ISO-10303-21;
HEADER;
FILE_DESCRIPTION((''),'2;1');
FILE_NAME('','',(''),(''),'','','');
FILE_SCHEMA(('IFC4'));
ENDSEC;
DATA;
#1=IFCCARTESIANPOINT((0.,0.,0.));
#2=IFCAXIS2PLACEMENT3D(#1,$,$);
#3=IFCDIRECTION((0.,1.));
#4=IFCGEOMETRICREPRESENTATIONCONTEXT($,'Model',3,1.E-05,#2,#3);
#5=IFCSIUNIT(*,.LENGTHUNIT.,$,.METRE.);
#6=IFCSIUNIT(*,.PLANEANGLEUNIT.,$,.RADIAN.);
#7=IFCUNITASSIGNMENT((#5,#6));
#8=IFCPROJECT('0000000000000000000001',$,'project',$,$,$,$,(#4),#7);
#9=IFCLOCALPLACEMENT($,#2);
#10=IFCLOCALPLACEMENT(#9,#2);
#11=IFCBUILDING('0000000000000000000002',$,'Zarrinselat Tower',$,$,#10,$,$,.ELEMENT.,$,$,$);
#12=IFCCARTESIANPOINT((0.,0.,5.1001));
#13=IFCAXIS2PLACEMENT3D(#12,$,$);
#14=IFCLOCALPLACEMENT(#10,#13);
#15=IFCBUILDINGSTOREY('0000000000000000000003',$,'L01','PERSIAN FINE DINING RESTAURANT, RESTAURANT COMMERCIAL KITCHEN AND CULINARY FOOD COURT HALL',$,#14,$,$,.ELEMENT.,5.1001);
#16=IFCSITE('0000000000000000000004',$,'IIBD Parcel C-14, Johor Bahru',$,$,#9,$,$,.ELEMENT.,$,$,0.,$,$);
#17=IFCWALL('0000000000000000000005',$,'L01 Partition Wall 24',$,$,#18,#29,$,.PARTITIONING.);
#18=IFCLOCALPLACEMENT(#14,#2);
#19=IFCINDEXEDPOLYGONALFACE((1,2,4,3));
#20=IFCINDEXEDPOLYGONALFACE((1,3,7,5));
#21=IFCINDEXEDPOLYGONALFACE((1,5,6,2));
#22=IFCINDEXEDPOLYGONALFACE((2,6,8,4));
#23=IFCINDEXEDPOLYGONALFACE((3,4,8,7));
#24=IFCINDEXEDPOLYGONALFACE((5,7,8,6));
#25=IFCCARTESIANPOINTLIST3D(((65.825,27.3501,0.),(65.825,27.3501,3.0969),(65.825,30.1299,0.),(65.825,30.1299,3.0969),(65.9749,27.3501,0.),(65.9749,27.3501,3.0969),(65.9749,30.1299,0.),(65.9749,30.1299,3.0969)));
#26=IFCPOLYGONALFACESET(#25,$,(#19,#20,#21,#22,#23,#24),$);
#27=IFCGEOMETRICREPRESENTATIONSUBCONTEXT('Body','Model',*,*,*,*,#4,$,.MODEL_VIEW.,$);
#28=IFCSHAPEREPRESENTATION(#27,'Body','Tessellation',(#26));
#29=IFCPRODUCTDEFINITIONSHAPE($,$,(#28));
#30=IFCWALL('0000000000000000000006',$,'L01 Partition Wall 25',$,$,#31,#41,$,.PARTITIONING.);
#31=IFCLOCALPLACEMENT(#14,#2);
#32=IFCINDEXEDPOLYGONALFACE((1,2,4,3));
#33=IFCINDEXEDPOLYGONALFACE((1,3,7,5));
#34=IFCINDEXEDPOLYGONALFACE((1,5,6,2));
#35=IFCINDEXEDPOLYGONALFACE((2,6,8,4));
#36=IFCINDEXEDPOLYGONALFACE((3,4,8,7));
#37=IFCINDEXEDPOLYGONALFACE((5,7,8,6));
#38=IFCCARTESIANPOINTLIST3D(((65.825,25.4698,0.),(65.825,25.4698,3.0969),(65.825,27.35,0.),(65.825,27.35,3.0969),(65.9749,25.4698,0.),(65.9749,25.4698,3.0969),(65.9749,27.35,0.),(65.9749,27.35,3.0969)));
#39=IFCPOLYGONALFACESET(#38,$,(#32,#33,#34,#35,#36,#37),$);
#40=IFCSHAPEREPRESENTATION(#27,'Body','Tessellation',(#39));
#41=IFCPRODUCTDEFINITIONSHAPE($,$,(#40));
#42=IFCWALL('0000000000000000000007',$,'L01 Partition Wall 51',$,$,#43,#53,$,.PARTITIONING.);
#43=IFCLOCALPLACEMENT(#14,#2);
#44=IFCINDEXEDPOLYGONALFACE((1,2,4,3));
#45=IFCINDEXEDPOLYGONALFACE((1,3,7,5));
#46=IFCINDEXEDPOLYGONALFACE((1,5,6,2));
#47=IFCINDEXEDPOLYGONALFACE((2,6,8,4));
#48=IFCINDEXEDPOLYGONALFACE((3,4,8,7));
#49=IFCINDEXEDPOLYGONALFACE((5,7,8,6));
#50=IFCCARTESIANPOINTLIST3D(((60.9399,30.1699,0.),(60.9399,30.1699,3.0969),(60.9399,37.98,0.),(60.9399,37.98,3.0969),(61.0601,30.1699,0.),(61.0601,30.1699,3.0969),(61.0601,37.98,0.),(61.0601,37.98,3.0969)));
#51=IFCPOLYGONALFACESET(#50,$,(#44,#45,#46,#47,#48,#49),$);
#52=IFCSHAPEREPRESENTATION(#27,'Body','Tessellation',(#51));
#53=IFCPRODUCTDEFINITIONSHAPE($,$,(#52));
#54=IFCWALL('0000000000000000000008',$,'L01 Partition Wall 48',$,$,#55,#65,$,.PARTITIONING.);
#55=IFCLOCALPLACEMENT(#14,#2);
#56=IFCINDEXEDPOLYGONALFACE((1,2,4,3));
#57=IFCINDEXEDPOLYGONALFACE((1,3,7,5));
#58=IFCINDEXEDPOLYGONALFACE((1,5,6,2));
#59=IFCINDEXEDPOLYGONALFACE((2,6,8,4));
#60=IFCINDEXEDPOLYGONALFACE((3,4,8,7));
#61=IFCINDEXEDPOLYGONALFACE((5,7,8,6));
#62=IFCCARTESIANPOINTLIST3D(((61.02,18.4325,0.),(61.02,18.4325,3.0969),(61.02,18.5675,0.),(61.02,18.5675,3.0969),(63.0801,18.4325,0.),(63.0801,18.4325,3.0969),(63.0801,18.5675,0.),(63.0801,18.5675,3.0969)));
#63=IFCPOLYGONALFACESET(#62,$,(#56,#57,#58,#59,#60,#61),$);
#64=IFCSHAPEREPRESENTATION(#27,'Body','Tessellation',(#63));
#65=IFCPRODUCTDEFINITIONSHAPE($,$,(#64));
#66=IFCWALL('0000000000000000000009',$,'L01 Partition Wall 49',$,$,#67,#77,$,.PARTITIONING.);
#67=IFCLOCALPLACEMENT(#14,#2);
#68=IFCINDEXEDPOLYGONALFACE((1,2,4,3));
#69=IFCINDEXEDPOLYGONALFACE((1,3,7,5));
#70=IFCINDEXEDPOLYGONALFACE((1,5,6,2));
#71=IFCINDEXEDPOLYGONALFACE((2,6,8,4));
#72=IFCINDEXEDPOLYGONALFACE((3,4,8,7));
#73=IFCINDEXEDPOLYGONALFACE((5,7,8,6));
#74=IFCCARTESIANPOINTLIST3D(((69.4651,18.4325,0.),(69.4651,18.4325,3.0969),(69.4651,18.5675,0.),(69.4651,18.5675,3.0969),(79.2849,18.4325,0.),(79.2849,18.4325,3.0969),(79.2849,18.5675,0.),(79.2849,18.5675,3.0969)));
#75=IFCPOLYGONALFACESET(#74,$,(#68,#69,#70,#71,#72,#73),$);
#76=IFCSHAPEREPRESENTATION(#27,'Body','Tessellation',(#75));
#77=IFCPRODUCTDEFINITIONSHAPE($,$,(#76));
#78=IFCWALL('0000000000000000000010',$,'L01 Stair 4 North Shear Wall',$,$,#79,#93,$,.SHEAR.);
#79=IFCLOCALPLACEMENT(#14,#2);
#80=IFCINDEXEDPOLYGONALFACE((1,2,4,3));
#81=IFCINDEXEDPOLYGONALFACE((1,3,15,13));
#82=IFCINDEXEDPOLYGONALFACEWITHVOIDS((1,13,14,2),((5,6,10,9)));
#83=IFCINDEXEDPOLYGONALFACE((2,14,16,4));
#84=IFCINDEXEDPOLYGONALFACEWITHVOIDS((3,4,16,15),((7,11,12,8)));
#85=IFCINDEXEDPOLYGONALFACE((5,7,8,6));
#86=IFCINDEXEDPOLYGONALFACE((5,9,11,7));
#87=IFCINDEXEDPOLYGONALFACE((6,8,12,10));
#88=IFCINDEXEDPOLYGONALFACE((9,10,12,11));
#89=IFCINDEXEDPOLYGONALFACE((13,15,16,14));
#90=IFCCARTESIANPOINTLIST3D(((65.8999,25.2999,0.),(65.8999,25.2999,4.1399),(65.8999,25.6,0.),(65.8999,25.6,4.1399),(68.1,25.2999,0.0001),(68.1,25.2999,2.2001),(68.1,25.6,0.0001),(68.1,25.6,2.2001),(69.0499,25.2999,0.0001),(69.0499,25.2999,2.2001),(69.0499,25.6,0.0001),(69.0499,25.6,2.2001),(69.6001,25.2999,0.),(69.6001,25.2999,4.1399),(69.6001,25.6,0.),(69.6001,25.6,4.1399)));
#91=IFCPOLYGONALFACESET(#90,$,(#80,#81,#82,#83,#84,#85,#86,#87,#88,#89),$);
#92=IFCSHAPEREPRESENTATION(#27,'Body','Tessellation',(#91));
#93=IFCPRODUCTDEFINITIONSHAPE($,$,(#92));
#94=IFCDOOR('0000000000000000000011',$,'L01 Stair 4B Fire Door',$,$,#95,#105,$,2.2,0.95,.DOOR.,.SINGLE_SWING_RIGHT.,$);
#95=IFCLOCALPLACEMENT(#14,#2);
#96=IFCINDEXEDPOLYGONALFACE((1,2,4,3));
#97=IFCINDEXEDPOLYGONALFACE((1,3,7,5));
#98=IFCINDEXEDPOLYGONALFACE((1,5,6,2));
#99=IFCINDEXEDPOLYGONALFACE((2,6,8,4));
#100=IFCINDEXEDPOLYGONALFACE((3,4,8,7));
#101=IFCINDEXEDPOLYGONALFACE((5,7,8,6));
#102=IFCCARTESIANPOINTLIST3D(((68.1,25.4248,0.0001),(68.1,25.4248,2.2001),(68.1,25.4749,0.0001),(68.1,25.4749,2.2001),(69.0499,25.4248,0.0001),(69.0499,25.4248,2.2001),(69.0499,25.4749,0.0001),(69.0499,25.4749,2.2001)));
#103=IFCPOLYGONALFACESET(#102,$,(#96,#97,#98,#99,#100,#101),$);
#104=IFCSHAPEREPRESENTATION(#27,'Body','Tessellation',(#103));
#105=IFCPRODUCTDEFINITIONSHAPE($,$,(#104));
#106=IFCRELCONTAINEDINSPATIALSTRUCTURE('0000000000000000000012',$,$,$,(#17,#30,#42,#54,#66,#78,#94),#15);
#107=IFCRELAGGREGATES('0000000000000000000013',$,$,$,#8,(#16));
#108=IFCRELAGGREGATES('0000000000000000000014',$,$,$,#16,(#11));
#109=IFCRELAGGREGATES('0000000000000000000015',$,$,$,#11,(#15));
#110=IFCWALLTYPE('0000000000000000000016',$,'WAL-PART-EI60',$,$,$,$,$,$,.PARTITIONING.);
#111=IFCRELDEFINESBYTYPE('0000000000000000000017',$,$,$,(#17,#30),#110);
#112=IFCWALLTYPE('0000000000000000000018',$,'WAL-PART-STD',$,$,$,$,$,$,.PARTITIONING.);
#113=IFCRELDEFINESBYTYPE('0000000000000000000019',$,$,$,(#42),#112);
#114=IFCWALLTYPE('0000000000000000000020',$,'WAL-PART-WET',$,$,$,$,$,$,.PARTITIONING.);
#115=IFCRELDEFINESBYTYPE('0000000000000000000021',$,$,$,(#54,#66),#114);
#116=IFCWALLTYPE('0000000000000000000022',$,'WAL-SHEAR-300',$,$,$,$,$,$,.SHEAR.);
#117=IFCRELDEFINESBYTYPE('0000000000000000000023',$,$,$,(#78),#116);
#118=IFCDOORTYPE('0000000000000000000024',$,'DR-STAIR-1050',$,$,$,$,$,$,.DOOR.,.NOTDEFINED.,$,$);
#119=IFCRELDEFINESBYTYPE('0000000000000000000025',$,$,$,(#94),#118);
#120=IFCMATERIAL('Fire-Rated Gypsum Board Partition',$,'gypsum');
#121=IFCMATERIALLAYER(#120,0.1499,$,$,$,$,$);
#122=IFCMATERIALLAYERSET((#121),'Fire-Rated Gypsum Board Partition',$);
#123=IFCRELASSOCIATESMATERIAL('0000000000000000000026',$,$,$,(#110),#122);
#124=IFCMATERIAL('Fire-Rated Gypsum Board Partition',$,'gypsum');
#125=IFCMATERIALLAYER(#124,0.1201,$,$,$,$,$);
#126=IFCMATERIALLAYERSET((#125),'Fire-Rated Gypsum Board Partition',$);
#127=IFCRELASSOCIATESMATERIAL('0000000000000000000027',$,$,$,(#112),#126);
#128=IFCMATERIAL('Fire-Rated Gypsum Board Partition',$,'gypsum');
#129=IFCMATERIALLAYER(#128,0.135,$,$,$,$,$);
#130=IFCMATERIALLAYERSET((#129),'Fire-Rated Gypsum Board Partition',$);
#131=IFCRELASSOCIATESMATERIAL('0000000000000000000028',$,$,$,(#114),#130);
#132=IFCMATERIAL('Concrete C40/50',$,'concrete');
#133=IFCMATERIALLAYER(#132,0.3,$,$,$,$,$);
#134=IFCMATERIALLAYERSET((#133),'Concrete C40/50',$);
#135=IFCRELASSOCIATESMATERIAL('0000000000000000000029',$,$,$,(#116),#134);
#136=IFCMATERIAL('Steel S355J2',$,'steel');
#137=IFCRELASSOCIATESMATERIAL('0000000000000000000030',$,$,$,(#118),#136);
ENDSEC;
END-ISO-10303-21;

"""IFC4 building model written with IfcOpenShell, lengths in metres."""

from ifc_helpers import new_model, si_unit, direction, frame, frame_2d, origin, place, context, subcontext, project, spatial, rectangle, extrude, material, layer, layer_set, type_object, element, fill, save


model = new_model("IFC4")

# Units and contexts
model_context = context("Model", 3, precision=1e-05, world=origin(), true_north=direction((0.0, 1.0)))
body_context = subcontext(model_context, "Body", "Model", "MODEL_VIEW")
ifc_project = project(units=[si_unit("LENGTHUNIT", "METRE"), si_unit("PLANEANGLEUNIT", "RADIAN")], contexts=[model_context])

# Site, building, storey
site_placement = place(None, origin())
site = spatial("IfcSite", under=ifc_project, at=site_placement, Name="IIBD Parcel C-14, Johor Bahru", CompositionType="ELEMENT", RefElevation=0.0)
building_placement = place(site_placement, origin())
building = spatial("IfcBuilding", under=site, at=building_placement, Name="Zarrinselat Tower", CompositionType="ELEMENT")
storey_placement = place(building_placement, frame((0.0, 0.0, 5.1001)))
storey = spatial("IfcBuildingStorey", under=building, at=storey_placement, Name="L01", Description="PERSIAN FINE DINING RESTAURANT, RESTAURANT COMMERCIAL KITCHEN AND CULINARY FOOD COURT HALL", CompositionType="ELEMENT", Elevation=5.1001)

# Shared definitions
ifc_material_1 = material(Name="Fire-Rated Gypsum Board Partition", Category="gypsum")
ifc_layer_1 = layer(ifc_material_1, 0.1499)
ifc_layer_set_1 = layer_set([ifc_layer_1], Name="Fire-Rated Gypsum Board Partition")
wall_type_1 = type_object("IfcWallType", Name="WAL-PART-EI60", PredefinedType="PARTITIONING", material=ifc_layer_set_1)

# Walls
wall_1_placement = place(storey_placement, frame((65.8999, 27.3501, 0.0), z_axis=(0.0, 0.0, 1.0), x_axis=(0.0, 1.0, 0.0)))
element("IfcWall", 1, at=wall_1_placement, inside=storey, type_object=wall_type_1, Name="L01 Partition Wall 24", PredefinedType="PARTITIONING", context=body_context, shape_type="SweptSolid", body=[
    extrude(rectangle(XDim=2.7798, YDim=0.1499, at=frame_2d((1.3899, 0.0))), origin(), (0.0, 0.0, 1.0), 3.0969),
])
wall_2_placement = place(storey_placement, frame((65.8999, 25.47, 0.0), z_axis=(0.0, 0.0, 1.0), x_axis=(0.0, 1.0, 0.0)))
element("IfcWall", 2, at=wall_2_placement, inside=storey, type_object=wall_type_1, Name="L01 Partition Wall 25", PredefinedType="PARTITIONING", context=body_context, shape_type="SweptSolid", body=[
    extrude(rectangle(XDim=1.8801, YDim=0.1499, at=frame_2d((0.9399, 0.0))), origin(), (0.0, 0.0, 1.0), 3.0969),
])
ifc_material_2 = material(Name="Fire-Rated Gypsum Board Partition", Category="gypsum")
ifc_layer_2 = layer(ifc_material_2, 0.1201)
ifc_layer_set_2 = layer_set([ifc_layer_2], Name="Fire-Rated Gypsum Board Partition")
wall_type_2 = type_object("IfcWallType", Name="WAL-PART-STD", PredefinedType="PARTITIONING", material=ifc_layer_set_2)
wall_3_placement = place(storey_placement, frame((61.0, 30.1699, 0.0), z_axis=(0.0, 0.0, 1.0), x_axis=(0.0, 1.0, 0.0)))
element("IfcWall", 3, at=wall_3_placement, inside=storey, type_object=wall_type_2, Name="L01 Partition Wall 51", PredefinedType="PARTITIONING", context=body_context, shape_type="SweptSolid", body=[
    extrude(rectangle(XDim=7.8101, YDim=0.1201, at=frame_2d((3.905, 0.0))), origin(), (0.0, 0.0, 1.0), 3.0969),
])
ifc_material_3 = material(Name="Fire-Rated Gypsum Board Partition", Category="gypsum")
ifc_layer_3 = layer(ifc_material_3, 0.135)
ifc_layer_set_3 = layer_set([ifc_layer_3], Name="Fire-Rated Gypsum Board Partition")
wall_type_3 = type_object("IfcWallType", Name="WAL-PART-WET", PredefinedType="PARTITIONING", material=ifc_layer_set_3)
wall_4_placement = place(storey_placement, frame((61.02, 18.5, 0.0), z_axis=(0.0, 0.0, 1.0), x_axis=(1.0, 0.0, 0.0)))
element("IfcWall", 4, at=wall_4_placement, inside=storey, type_object=wall_type_3, Name="L01 Partition Wall 48", PredefinedType="PARTITIONING", context=body_context, shape_type="SweptSolid", body=[
    extrude(rectangle(XDim=2.0601, YDim=0.135, at=frame_2d((1.03, 0.0))), origin(), (0.0, 0.0, 1.0), 3.0969),
])
wall_5_placement = place(storey_placement, frame((69.4651, 18.5, 0.0), z_axis=(0.0, 0.0, 1.0), x_axis=(1.0, 0.0, 0.0)))
element("IfcWall", 5, at=wall_5_placement, inside=storey, type_object=wall_type_3, Name="L01 Partition Wall 49", PredefinedType="PARTITIONING", context=body_context, shape_type="SweptSolid", body=[
    extrude(rectangle(XDim=9.8198, YDim=0.135, at=frame_2d((4.9099, 0.0))), origin(), (0.0, 0.0, 1.0), 3.0969),
])

# Wall, opening, door
ifc_material_4 = material(Name="Concrete C40/50", Category="concrete")
ifc_layer_4 = layer(ifc_material_4, 0.3)
ifc_layer_set_4 = layer_set([ifc_layer_4], Name="Concrete C40/50")
wall_type_4 = type_object("IfcWallType", Name="WAL-SHEAR-300", PredefinedType="SHEAR", material=ifc_layer_set_4)
wall_6_placement = place(storey_placement, frame((65.8999, 25.45, 0.0), z_axis=(0.0, 0.0, 1.0), x_axis=(1.0, 0.0, 0.0)))
wall_6 = element("IfcWall", 6, at=wall_6_placement, inside=storey, type_object=wall_type_4, Name="L01 Stair 4 North Shear Wall", PredefinedType="SHEAR", context=body_context, shape_type="SweptSolid", body=[
    extrude(rectangle(XDim=3.7002, YDim=0.3, at=frame_2d((1.8501, 0.0))), origin(), (0.0, 0.0, 1.0), 4.1399),
])
opening_1_placement = place(wall_6_placement, frame((2.2, 0.0, 0.0)))
opening_1 = element("IfcOpeningElement", 7, at=opening_1_placement, cuts=wall_6, PredefinedType="OPENING", context=body_context, shape_type="SweptSolid", body=[
    extrude(rectangle(XDim=0.95, YDim=2.2, at=frame_2d((0.4751, 1.1001))), frame((0.0, 0.1599, 0.0), z_axis=(0.0, -1.0, 0.0), x_axis=(1.0, 0.0, 0.0)), (0.0, 0.0, 1.0), 0.3201),
])
ifc_material_5 = material(Name="Steel S355J2", Category="steel")
door_type_1 = type_object("IfcDoorType", Name="DR-STAIR-1050", OperationType="NOTDEFINED", PredefinedType="DOOR", material=ifc_material_5)
door_1_placement = place(opening_1_placement, origin())
door_1 = element("IfcDoor", 8, at=door_1_placement, inside=storey, type_object=door_type_1, Name="L01 Stair 4B Fire Door", OperationType="SINGLE_SWING_RIGHT", OverallHeight=2.2, OverallWidth=0.95, PredefinedType="DOOR", context=body_context, shape_type="SweptSolid", body=[
    extrude(rectangle(XDim=0.95, YDim=2.2, at=frame_2d((0.4751, 1.1001))), frame((0.0, 0.0249, 0.0), z_axis=(0.0, -1.0, 0.0), x_axis=(1.0, 0.0, 0.0)), (0.0, 0.0, 1.0), 0.05),
])
fill(opening_1, door_1)

save(model, "model.ifc")
